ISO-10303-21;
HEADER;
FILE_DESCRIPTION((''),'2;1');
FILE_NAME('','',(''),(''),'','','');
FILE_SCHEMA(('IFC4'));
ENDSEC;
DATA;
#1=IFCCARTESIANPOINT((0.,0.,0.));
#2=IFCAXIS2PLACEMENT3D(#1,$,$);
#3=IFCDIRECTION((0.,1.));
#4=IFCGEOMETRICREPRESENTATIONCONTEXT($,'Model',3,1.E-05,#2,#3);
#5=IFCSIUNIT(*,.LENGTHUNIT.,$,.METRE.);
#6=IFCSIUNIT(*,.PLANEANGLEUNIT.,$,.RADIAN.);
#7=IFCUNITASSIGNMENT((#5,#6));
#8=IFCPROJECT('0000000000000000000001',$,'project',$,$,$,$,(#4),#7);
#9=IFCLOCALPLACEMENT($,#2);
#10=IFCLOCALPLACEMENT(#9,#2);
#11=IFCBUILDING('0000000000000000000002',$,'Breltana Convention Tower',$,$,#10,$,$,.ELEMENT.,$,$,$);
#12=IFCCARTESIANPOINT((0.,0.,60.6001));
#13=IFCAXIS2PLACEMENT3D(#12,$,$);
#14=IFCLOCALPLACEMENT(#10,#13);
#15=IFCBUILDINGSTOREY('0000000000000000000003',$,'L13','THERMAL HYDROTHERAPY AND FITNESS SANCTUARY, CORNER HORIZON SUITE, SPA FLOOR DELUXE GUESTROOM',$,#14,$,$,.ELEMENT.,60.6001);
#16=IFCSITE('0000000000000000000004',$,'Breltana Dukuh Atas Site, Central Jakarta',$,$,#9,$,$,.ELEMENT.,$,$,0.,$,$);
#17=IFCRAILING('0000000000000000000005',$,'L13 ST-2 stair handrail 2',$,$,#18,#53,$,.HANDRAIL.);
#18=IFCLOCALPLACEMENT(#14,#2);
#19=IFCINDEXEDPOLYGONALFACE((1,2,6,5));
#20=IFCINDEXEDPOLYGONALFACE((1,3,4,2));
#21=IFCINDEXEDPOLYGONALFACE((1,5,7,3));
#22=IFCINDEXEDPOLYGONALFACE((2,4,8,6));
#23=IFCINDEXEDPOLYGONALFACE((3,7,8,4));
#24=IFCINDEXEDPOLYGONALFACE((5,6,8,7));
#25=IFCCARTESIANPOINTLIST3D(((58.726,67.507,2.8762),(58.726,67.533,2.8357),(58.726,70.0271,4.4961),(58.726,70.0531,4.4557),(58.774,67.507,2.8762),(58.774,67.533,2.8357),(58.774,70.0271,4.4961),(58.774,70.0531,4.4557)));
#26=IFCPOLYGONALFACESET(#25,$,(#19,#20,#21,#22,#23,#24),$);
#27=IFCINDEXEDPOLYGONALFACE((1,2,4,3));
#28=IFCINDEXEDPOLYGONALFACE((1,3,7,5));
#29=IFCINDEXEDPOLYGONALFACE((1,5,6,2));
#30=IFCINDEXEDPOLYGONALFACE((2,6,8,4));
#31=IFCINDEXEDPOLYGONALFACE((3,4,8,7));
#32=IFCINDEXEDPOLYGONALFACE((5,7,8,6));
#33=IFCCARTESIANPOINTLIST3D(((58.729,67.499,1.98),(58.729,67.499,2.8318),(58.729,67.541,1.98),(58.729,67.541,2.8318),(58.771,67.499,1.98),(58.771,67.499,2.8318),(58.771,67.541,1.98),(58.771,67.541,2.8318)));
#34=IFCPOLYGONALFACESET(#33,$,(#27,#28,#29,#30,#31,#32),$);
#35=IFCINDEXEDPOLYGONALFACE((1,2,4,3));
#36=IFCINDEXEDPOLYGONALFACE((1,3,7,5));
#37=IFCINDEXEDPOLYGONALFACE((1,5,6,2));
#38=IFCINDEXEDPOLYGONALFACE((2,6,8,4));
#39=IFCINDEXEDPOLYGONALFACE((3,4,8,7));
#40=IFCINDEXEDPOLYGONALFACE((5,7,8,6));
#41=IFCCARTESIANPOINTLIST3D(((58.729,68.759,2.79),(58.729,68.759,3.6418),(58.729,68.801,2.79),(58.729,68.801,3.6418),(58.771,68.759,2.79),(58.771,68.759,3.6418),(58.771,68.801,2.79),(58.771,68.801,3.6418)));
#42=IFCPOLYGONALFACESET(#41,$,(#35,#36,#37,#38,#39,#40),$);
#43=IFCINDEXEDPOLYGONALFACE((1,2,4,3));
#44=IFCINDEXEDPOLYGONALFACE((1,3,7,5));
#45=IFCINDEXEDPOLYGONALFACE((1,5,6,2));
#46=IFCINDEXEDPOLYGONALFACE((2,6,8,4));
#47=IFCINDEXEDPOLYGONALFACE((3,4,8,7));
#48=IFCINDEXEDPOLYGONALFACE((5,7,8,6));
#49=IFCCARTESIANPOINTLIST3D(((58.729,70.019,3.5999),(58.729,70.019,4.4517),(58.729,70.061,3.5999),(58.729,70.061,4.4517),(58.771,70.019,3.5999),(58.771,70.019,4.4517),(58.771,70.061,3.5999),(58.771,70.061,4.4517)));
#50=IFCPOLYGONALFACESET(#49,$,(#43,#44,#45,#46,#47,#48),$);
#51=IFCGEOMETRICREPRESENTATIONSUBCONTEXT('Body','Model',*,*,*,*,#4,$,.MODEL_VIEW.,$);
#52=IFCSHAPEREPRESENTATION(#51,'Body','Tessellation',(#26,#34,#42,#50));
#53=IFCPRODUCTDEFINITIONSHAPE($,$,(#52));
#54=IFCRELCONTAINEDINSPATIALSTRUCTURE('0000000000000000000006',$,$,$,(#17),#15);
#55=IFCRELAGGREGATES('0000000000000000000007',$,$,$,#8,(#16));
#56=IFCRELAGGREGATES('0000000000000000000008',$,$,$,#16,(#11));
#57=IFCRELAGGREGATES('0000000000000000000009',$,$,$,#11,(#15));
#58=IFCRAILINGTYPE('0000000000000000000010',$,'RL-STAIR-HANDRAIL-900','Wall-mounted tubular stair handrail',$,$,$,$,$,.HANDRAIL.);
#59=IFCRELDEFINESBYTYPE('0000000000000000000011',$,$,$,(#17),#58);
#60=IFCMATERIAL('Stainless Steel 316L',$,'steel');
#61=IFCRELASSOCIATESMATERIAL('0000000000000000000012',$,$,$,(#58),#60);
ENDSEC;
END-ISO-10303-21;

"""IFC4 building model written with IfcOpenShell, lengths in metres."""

from ifc_helpers import new_model, si_unit, direction, frame, origin, origin_2d, place, context, subcontext, project, spatial, rectangle, extrude, material, type_object, element, save


model = new_model("IFC4")

# Units and contexts
model_context = context("Model", 3, precision=1e-05, world=origin(), true_north=direction((0.0, 1.0)))
body_context = subcontext(model_context, "Body", "Model", "MODEL_VIEW")
ifc_project = project(units=[si_unit("LENGTHUNIT", "METRE"), si_unit("PLANEANGLEUNIT", "RADIAN")], contexts=[model_context])

# Site, building, storey
site_placement = place(None, origin())
site = spatial("IfcSite", under=ifc_project, at=site_placement, Name="Breltana Dukuh Atas Site, Central Jakarta", CompositionType="ELEMENT", RefElevation=0.0)
building_placement = place(site_placement, origin())
building = spatial("IfcBuilding", under=site, at=building_placement, Name="Breltana Convention Tower", CompositionType="ELEMENT")
storey_placement = place(building_placement, frame((0.0, 0.0, 60.6001)))
storey = spatial("IfcBuildingStorey", under=building, at=storey_placement, Name="L13", Description="THERMAL HYDROTHERAPY AND FITNESS SANCTUARY, CORNER HORIZON SUITE, SPA FLOOR DELUXE GUESTROOM", CompositionType="ELEMENT", Elevation=60.6001)

# Railing
ifc_material_1 = material(Name="Stainless Steel 316L", Category="steel")
railing_type_1 = type_object("IfcRailingType", Name="RL-STAIR-HANDRAIL-900", Description="Wall-mounted tubular stair handrail", PredefinedType="HANDRAIL", material=ifc_material_1)
railing_1_placement = place(storey_placement, frame((58.75, 67.52, 1.98)))
element("IfcRailing", 1, at=railing_1_placement, inside=storey, type_object=railing_type_1, Name="L13 ST-2 stair handrail 2", PredefinedType="HANDRAIL", context=body_context, shape_type="SweptSolid", body=[
    extrude(rectangle(XDim=0.0481, YDim=0.0481, at=origin_2d()), frame((0.0, 0.0, 0.876), z_axis=(0.0, 0.8412, 0.540725), x_axis=(-1.0, 0.0, 0.0)), (0.0, 0.0, 1.0), 2.9958),
    extrude(rectangle(XDim=0.042, YDim=0.042, at=origin_2d()), origin(), (0.0, 0.0, 1.0), 0.8518),
    extrude(rectangle(XDim=0.042, YDim=0.042, at=origin_2d()), frame((0.0, 1.26, 0.8101)), (0.0, 0.0, 1.0), 0.8518),
    extrude(rectangle(XDim=0.042, YDim=0.042, at=origin_2d()), frame((0.0, 2.52, 1.6199)), (0.0, 0.0, 1.0), 0.8518),
])

save(model, "model.ifc")
